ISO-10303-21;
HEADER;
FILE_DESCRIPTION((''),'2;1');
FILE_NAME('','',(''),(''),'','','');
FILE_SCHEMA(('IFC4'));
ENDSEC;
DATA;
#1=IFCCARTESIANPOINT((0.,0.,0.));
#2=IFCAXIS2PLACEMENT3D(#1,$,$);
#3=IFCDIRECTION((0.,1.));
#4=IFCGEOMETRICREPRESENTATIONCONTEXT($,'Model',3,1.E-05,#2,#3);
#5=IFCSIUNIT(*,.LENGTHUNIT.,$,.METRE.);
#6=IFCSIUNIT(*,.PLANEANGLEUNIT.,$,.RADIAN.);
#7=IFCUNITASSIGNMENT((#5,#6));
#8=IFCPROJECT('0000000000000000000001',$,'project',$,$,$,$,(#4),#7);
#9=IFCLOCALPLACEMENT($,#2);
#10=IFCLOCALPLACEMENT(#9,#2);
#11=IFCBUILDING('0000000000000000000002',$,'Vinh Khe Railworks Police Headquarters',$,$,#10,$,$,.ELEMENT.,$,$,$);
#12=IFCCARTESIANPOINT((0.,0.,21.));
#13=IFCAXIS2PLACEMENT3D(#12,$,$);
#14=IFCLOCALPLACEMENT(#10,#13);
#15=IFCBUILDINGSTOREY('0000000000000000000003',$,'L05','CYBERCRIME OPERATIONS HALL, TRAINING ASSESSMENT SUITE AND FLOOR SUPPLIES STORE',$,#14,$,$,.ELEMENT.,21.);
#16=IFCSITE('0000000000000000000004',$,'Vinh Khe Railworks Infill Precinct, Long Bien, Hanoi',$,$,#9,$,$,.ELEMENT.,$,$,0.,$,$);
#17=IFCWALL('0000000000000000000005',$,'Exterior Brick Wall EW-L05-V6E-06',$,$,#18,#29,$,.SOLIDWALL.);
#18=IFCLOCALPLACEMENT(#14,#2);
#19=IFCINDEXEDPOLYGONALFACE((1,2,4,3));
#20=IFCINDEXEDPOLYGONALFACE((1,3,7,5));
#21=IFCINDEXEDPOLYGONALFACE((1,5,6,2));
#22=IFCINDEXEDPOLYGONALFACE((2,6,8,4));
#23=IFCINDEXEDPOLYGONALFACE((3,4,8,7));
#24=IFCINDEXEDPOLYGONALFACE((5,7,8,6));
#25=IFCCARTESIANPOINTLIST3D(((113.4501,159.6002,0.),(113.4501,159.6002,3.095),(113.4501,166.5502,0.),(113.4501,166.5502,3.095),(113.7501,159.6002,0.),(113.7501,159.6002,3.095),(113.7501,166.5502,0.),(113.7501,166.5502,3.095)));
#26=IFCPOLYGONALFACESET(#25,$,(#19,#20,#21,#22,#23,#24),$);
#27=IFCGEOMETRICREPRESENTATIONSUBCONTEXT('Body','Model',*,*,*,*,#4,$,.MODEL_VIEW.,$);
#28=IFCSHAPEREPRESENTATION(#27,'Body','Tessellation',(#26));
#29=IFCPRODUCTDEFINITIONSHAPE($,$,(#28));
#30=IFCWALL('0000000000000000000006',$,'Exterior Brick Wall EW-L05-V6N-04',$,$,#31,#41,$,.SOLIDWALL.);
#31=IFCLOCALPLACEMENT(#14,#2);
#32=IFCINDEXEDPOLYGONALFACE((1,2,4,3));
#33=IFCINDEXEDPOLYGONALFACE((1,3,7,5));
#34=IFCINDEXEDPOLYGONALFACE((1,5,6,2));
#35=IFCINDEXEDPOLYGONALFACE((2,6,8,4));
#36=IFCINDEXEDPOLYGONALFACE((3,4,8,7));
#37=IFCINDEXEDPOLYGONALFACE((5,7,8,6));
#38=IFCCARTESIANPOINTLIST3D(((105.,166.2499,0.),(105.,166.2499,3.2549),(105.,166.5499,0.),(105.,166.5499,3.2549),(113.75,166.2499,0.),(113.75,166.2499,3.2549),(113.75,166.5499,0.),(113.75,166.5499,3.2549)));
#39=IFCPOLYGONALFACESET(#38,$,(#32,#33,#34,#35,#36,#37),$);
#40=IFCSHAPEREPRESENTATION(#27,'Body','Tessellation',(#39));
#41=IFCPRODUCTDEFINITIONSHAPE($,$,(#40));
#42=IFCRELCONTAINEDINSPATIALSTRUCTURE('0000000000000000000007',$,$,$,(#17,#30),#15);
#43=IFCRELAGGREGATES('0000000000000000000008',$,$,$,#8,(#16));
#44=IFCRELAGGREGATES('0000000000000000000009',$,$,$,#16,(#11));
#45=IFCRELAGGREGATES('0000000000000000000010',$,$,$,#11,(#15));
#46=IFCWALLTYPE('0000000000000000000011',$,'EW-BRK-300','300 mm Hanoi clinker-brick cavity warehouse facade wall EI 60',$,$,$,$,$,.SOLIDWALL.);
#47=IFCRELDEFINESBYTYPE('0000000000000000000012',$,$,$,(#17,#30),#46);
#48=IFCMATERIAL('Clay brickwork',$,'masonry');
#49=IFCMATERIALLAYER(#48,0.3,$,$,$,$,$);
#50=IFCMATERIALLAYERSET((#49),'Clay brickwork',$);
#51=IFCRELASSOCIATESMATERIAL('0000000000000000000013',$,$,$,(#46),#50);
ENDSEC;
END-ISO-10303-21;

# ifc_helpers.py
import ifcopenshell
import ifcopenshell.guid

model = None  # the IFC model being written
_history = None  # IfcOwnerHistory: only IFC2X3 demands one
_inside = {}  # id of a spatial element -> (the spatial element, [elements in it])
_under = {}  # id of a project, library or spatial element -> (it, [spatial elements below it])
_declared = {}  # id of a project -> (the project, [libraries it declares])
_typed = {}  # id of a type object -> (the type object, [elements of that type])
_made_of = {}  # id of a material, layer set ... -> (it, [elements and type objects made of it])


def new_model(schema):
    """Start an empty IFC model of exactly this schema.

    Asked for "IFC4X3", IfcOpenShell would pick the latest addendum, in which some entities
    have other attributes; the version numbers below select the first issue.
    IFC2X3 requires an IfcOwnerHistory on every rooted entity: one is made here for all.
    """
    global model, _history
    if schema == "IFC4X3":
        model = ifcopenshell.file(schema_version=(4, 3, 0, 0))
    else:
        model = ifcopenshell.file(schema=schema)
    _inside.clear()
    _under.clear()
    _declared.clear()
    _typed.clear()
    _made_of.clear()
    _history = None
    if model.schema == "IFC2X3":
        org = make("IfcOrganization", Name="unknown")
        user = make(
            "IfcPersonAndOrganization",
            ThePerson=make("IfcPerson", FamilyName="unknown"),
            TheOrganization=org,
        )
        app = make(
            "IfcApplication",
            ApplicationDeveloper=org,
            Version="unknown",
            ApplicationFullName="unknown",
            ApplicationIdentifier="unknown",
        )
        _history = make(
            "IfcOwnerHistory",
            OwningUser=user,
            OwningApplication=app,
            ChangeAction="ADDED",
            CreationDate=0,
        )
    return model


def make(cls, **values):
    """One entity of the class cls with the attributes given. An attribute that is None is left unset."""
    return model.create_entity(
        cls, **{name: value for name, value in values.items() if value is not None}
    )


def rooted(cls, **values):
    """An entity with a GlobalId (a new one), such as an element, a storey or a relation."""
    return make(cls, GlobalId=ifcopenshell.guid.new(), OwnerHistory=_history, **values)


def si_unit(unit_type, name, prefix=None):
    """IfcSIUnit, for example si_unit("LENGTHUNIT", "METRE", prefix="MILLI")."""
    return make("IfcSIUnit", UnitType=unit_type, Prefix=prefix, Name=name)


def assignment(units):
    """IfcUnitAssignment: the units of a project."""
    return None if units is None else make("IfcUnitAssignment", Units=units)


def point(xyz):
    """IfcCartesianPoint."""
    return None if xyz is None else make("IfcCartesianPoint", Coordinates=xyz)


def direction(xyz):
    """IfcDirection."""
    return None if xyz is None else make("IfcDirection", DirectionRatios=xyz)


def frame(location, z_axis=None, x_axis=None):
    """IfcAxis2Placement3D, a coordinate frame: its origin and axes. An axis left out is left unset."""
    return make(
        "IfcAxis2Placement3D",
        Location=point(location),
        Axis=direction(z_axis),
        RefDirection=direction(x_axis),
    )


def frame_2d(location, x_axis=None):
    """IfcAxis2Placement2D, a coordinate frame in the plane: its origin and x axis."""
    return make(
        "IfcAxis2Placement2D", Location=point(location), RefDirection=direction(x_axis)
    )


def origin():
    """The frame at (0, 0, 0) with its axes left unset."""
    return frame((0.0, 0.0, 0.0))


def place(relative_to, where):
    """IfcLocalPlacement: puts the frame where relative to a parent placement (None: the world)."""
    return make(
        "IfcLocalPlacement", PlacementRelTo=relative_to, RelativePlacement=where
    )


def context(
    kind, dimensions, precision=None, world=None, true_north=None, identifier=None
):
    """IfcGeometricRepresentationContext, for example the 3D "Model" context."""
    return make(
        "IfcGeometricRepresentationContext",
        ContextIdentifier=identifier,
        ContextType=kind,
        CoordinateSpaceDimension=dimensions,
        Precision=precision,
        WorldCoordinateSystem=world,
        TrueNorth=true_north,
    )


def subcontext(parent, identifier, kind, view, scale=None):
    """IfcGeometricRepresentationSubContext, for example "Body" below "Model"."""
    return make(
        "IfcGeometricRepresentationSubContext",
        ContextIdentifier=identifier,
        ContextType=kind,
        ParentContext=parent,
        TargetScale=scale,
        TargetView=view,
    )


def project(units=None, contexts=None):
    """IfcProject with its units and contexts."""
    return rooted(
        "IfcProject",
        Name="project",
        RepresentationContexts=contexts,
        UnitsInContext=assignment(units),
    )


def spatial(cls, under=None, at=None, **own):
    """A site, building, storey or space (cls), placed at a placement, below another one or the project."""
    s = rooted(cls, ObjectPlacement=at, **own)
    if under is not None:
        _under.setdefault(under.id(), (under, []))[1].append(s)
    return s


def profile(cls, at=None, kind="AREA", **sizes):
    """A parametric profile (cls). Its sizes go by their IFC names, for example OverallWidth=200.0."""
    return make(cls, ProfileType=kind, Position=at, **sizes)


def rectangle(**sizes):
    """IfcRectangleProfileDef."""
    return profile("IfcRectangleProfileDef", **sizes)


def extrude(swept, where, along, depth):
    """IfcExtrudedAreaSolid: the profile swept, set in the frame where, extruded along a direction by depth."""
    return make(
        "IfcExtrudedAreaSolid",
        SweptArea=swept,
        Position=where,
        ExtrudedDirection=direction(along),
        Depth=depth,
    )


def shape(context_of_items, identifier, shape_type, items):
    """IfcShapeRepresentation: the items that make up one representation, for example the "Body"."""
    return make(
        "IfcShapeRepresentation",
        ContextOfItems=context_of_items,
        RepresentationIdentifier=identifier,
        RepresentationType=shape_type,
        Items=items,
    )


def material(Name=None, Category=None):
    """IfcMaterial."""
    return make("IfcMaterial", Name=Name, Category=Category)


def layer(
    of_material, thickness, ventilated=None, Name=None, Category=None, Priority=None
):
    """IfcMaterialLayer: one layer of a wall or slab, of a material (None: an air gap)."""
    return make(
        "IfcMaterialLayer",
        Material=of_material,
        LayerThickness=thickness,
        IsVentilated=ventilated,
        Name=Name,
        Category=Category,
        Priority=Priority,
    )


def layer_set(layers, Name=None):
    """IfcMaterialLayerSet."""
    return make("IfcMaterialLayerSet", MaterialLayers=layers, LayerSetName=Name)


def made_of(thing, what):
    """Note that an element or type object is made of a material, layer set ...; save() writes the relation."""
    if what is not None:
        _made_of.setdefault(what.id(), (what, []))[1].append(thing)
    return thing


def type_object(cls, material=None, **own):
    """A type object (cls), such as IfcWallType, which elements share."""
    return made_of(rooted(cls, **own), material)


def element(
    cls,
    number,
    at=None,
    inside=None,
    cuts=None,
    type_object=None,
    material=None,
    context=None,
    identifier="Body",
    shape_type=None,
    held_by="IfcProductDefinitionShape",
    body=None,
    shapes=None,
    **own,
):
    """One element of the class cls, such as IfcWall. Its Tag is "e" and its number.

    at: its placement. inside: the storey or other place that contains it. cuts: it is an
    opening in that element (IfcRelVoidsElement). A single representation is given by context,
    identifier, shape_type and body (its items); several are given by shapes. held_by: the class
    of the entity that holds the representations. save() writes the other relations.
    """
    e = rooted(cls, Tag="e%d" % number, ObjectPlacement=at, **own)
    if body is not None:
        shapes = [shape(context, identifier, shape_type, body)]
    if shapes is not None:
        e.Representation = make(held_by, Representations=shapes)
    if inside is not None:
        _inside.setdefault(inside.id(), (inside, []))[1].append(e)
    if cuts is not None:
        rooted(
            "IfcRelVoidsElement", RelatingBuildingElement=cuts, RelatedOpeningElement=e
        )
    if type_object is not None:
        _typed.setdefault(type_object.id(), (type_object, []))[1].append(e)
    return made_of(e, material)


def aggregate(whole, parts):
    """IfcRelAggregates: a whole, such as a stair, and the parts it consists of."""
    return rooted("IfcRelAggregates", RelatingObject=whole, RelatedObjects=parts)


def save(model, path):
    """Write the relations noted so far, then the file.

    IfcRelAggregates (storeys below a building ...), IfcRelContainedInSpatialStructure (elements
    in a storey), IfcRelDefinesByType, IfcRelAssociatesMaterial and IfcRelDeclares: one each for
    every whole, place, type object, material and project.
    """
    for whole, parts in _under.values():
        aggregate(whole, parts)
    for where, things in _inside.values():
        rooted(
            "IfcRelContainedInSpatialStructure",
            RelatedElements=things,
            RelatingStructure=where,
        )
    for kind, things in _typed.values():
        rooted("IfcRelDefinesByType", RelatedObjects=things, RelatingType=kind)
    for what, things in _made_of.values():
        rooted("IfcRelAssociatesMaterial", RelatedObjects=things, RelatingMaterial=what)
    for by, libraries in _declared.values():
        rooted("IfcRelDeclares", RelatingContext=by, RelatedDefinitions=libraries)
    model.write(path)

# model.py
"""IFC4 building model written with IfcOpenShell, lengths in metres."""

from ifc_helpers import new_model, si_unit, direction, frame, frame_2d, origin, place, context, subcontext, project, spatial, rectangle, extrude, material, layer, layer_set, type_object, element, save


model = new_model("IFC4")

# Units and contexts
model_context = context("Model", 3, precision=1e-05, world=origin(), true_north=direction((0.0, 1.0)))
body_context = subcontext(model_context, "Body", "Model", "MODEL_VIEW")
ifc_project = project(units=[si_unit("LENGTHUNIT", "METRE"), si_unit("PLANEANGLEUNIT", "RADIAN")], contexts=[model_context])

# Site, building, storey
site_placement = place(None, origin())
site = spatial("IfcSite", under=ifc_project, at=site_placement, Name="Vinh Khe Railworks Infill Precinct, Long Bien, Hanoi", CompositionType="ELEMENT", RefElevation=0.0)
building_placement = place(site_placement, origin())
building = spatial("IfcBuilding", under=site, at=building_placement, Name="Vinh Khe Railworks Police Headquarters", CompositionType="ELEMENT")
storey_placement = place(building_placement, frame((0.0, 0.0, 21.0)))
storey = spatial("IfcBuildingStorey", under=building, at=storey_placement, Name="L05", Description="CYBERCRIME OPERATIONS HALL, TRAINING ASSESSMENT SUITE AND FLOOR SUPPLIES STORE", CompositionType="ELEMENT", Elevation=21.0)

# Shared definitions
ifc_material_1 = material(Name="Clay brickwork", Category="masonry")
ifc_layer = layer(ifc_material_1, 0.3)
ifc_layer_set = layer_set([ifc_layer], Name="Clay brickwork")
wall_type = type_object("IfcWallType", Name="EW-BRK-300", Description="300 mm Hanoi clinker-brick cavity warehouse facade wall EI 60", PredefinedType="SOLIDWALL", material=ifc_layer_set)

# Walls
wall_1_placement = place(storey_placement, frame((113.6001, 159.6001, 0.0), z_axis=(0.0, 0.0, 1.0), x_axis=(0.0, 1.0, 0.0)))
element("IfcWall", 1, at=wall_1_placement, inside=storey, type_object=wall_type, Name="Exterior Brick Wall EW-L05-V6E-06", PredefinedType="SOLIDWALL", context=body_context, shape_type="SweptSolid", body=[
    extrude(rectangle(XDim=6.95, YDim=0.3, at=frame_2d((3.4751, 0.0))), origin(), (0.0, 0.0, 1.0), 3.095),
])
wall_2_placement = place(storey_placement, frame((105.0, 166.3999, 0.0), z_axis=(0.0, 0.0, 1.0), x_axis=(1.0, 0.0, 0.0)))
element("IfcWall", 2, at=wall_2_placement, inside=storey, type_object=wall_type, Name="Exterior Brick Wall EW-L05-V6N-04", PredefinedType="SOLIDWALL", context=body_context, shape_type="SweptSolid", body=[
    extrude(rectangle(XDim=8.75, YDim=0.3, at=frame_2d((4.375, 0.0))), origin(), (0.0, 0.0, 1.0), 3.2549),
])

save(model, "model.ifc")
